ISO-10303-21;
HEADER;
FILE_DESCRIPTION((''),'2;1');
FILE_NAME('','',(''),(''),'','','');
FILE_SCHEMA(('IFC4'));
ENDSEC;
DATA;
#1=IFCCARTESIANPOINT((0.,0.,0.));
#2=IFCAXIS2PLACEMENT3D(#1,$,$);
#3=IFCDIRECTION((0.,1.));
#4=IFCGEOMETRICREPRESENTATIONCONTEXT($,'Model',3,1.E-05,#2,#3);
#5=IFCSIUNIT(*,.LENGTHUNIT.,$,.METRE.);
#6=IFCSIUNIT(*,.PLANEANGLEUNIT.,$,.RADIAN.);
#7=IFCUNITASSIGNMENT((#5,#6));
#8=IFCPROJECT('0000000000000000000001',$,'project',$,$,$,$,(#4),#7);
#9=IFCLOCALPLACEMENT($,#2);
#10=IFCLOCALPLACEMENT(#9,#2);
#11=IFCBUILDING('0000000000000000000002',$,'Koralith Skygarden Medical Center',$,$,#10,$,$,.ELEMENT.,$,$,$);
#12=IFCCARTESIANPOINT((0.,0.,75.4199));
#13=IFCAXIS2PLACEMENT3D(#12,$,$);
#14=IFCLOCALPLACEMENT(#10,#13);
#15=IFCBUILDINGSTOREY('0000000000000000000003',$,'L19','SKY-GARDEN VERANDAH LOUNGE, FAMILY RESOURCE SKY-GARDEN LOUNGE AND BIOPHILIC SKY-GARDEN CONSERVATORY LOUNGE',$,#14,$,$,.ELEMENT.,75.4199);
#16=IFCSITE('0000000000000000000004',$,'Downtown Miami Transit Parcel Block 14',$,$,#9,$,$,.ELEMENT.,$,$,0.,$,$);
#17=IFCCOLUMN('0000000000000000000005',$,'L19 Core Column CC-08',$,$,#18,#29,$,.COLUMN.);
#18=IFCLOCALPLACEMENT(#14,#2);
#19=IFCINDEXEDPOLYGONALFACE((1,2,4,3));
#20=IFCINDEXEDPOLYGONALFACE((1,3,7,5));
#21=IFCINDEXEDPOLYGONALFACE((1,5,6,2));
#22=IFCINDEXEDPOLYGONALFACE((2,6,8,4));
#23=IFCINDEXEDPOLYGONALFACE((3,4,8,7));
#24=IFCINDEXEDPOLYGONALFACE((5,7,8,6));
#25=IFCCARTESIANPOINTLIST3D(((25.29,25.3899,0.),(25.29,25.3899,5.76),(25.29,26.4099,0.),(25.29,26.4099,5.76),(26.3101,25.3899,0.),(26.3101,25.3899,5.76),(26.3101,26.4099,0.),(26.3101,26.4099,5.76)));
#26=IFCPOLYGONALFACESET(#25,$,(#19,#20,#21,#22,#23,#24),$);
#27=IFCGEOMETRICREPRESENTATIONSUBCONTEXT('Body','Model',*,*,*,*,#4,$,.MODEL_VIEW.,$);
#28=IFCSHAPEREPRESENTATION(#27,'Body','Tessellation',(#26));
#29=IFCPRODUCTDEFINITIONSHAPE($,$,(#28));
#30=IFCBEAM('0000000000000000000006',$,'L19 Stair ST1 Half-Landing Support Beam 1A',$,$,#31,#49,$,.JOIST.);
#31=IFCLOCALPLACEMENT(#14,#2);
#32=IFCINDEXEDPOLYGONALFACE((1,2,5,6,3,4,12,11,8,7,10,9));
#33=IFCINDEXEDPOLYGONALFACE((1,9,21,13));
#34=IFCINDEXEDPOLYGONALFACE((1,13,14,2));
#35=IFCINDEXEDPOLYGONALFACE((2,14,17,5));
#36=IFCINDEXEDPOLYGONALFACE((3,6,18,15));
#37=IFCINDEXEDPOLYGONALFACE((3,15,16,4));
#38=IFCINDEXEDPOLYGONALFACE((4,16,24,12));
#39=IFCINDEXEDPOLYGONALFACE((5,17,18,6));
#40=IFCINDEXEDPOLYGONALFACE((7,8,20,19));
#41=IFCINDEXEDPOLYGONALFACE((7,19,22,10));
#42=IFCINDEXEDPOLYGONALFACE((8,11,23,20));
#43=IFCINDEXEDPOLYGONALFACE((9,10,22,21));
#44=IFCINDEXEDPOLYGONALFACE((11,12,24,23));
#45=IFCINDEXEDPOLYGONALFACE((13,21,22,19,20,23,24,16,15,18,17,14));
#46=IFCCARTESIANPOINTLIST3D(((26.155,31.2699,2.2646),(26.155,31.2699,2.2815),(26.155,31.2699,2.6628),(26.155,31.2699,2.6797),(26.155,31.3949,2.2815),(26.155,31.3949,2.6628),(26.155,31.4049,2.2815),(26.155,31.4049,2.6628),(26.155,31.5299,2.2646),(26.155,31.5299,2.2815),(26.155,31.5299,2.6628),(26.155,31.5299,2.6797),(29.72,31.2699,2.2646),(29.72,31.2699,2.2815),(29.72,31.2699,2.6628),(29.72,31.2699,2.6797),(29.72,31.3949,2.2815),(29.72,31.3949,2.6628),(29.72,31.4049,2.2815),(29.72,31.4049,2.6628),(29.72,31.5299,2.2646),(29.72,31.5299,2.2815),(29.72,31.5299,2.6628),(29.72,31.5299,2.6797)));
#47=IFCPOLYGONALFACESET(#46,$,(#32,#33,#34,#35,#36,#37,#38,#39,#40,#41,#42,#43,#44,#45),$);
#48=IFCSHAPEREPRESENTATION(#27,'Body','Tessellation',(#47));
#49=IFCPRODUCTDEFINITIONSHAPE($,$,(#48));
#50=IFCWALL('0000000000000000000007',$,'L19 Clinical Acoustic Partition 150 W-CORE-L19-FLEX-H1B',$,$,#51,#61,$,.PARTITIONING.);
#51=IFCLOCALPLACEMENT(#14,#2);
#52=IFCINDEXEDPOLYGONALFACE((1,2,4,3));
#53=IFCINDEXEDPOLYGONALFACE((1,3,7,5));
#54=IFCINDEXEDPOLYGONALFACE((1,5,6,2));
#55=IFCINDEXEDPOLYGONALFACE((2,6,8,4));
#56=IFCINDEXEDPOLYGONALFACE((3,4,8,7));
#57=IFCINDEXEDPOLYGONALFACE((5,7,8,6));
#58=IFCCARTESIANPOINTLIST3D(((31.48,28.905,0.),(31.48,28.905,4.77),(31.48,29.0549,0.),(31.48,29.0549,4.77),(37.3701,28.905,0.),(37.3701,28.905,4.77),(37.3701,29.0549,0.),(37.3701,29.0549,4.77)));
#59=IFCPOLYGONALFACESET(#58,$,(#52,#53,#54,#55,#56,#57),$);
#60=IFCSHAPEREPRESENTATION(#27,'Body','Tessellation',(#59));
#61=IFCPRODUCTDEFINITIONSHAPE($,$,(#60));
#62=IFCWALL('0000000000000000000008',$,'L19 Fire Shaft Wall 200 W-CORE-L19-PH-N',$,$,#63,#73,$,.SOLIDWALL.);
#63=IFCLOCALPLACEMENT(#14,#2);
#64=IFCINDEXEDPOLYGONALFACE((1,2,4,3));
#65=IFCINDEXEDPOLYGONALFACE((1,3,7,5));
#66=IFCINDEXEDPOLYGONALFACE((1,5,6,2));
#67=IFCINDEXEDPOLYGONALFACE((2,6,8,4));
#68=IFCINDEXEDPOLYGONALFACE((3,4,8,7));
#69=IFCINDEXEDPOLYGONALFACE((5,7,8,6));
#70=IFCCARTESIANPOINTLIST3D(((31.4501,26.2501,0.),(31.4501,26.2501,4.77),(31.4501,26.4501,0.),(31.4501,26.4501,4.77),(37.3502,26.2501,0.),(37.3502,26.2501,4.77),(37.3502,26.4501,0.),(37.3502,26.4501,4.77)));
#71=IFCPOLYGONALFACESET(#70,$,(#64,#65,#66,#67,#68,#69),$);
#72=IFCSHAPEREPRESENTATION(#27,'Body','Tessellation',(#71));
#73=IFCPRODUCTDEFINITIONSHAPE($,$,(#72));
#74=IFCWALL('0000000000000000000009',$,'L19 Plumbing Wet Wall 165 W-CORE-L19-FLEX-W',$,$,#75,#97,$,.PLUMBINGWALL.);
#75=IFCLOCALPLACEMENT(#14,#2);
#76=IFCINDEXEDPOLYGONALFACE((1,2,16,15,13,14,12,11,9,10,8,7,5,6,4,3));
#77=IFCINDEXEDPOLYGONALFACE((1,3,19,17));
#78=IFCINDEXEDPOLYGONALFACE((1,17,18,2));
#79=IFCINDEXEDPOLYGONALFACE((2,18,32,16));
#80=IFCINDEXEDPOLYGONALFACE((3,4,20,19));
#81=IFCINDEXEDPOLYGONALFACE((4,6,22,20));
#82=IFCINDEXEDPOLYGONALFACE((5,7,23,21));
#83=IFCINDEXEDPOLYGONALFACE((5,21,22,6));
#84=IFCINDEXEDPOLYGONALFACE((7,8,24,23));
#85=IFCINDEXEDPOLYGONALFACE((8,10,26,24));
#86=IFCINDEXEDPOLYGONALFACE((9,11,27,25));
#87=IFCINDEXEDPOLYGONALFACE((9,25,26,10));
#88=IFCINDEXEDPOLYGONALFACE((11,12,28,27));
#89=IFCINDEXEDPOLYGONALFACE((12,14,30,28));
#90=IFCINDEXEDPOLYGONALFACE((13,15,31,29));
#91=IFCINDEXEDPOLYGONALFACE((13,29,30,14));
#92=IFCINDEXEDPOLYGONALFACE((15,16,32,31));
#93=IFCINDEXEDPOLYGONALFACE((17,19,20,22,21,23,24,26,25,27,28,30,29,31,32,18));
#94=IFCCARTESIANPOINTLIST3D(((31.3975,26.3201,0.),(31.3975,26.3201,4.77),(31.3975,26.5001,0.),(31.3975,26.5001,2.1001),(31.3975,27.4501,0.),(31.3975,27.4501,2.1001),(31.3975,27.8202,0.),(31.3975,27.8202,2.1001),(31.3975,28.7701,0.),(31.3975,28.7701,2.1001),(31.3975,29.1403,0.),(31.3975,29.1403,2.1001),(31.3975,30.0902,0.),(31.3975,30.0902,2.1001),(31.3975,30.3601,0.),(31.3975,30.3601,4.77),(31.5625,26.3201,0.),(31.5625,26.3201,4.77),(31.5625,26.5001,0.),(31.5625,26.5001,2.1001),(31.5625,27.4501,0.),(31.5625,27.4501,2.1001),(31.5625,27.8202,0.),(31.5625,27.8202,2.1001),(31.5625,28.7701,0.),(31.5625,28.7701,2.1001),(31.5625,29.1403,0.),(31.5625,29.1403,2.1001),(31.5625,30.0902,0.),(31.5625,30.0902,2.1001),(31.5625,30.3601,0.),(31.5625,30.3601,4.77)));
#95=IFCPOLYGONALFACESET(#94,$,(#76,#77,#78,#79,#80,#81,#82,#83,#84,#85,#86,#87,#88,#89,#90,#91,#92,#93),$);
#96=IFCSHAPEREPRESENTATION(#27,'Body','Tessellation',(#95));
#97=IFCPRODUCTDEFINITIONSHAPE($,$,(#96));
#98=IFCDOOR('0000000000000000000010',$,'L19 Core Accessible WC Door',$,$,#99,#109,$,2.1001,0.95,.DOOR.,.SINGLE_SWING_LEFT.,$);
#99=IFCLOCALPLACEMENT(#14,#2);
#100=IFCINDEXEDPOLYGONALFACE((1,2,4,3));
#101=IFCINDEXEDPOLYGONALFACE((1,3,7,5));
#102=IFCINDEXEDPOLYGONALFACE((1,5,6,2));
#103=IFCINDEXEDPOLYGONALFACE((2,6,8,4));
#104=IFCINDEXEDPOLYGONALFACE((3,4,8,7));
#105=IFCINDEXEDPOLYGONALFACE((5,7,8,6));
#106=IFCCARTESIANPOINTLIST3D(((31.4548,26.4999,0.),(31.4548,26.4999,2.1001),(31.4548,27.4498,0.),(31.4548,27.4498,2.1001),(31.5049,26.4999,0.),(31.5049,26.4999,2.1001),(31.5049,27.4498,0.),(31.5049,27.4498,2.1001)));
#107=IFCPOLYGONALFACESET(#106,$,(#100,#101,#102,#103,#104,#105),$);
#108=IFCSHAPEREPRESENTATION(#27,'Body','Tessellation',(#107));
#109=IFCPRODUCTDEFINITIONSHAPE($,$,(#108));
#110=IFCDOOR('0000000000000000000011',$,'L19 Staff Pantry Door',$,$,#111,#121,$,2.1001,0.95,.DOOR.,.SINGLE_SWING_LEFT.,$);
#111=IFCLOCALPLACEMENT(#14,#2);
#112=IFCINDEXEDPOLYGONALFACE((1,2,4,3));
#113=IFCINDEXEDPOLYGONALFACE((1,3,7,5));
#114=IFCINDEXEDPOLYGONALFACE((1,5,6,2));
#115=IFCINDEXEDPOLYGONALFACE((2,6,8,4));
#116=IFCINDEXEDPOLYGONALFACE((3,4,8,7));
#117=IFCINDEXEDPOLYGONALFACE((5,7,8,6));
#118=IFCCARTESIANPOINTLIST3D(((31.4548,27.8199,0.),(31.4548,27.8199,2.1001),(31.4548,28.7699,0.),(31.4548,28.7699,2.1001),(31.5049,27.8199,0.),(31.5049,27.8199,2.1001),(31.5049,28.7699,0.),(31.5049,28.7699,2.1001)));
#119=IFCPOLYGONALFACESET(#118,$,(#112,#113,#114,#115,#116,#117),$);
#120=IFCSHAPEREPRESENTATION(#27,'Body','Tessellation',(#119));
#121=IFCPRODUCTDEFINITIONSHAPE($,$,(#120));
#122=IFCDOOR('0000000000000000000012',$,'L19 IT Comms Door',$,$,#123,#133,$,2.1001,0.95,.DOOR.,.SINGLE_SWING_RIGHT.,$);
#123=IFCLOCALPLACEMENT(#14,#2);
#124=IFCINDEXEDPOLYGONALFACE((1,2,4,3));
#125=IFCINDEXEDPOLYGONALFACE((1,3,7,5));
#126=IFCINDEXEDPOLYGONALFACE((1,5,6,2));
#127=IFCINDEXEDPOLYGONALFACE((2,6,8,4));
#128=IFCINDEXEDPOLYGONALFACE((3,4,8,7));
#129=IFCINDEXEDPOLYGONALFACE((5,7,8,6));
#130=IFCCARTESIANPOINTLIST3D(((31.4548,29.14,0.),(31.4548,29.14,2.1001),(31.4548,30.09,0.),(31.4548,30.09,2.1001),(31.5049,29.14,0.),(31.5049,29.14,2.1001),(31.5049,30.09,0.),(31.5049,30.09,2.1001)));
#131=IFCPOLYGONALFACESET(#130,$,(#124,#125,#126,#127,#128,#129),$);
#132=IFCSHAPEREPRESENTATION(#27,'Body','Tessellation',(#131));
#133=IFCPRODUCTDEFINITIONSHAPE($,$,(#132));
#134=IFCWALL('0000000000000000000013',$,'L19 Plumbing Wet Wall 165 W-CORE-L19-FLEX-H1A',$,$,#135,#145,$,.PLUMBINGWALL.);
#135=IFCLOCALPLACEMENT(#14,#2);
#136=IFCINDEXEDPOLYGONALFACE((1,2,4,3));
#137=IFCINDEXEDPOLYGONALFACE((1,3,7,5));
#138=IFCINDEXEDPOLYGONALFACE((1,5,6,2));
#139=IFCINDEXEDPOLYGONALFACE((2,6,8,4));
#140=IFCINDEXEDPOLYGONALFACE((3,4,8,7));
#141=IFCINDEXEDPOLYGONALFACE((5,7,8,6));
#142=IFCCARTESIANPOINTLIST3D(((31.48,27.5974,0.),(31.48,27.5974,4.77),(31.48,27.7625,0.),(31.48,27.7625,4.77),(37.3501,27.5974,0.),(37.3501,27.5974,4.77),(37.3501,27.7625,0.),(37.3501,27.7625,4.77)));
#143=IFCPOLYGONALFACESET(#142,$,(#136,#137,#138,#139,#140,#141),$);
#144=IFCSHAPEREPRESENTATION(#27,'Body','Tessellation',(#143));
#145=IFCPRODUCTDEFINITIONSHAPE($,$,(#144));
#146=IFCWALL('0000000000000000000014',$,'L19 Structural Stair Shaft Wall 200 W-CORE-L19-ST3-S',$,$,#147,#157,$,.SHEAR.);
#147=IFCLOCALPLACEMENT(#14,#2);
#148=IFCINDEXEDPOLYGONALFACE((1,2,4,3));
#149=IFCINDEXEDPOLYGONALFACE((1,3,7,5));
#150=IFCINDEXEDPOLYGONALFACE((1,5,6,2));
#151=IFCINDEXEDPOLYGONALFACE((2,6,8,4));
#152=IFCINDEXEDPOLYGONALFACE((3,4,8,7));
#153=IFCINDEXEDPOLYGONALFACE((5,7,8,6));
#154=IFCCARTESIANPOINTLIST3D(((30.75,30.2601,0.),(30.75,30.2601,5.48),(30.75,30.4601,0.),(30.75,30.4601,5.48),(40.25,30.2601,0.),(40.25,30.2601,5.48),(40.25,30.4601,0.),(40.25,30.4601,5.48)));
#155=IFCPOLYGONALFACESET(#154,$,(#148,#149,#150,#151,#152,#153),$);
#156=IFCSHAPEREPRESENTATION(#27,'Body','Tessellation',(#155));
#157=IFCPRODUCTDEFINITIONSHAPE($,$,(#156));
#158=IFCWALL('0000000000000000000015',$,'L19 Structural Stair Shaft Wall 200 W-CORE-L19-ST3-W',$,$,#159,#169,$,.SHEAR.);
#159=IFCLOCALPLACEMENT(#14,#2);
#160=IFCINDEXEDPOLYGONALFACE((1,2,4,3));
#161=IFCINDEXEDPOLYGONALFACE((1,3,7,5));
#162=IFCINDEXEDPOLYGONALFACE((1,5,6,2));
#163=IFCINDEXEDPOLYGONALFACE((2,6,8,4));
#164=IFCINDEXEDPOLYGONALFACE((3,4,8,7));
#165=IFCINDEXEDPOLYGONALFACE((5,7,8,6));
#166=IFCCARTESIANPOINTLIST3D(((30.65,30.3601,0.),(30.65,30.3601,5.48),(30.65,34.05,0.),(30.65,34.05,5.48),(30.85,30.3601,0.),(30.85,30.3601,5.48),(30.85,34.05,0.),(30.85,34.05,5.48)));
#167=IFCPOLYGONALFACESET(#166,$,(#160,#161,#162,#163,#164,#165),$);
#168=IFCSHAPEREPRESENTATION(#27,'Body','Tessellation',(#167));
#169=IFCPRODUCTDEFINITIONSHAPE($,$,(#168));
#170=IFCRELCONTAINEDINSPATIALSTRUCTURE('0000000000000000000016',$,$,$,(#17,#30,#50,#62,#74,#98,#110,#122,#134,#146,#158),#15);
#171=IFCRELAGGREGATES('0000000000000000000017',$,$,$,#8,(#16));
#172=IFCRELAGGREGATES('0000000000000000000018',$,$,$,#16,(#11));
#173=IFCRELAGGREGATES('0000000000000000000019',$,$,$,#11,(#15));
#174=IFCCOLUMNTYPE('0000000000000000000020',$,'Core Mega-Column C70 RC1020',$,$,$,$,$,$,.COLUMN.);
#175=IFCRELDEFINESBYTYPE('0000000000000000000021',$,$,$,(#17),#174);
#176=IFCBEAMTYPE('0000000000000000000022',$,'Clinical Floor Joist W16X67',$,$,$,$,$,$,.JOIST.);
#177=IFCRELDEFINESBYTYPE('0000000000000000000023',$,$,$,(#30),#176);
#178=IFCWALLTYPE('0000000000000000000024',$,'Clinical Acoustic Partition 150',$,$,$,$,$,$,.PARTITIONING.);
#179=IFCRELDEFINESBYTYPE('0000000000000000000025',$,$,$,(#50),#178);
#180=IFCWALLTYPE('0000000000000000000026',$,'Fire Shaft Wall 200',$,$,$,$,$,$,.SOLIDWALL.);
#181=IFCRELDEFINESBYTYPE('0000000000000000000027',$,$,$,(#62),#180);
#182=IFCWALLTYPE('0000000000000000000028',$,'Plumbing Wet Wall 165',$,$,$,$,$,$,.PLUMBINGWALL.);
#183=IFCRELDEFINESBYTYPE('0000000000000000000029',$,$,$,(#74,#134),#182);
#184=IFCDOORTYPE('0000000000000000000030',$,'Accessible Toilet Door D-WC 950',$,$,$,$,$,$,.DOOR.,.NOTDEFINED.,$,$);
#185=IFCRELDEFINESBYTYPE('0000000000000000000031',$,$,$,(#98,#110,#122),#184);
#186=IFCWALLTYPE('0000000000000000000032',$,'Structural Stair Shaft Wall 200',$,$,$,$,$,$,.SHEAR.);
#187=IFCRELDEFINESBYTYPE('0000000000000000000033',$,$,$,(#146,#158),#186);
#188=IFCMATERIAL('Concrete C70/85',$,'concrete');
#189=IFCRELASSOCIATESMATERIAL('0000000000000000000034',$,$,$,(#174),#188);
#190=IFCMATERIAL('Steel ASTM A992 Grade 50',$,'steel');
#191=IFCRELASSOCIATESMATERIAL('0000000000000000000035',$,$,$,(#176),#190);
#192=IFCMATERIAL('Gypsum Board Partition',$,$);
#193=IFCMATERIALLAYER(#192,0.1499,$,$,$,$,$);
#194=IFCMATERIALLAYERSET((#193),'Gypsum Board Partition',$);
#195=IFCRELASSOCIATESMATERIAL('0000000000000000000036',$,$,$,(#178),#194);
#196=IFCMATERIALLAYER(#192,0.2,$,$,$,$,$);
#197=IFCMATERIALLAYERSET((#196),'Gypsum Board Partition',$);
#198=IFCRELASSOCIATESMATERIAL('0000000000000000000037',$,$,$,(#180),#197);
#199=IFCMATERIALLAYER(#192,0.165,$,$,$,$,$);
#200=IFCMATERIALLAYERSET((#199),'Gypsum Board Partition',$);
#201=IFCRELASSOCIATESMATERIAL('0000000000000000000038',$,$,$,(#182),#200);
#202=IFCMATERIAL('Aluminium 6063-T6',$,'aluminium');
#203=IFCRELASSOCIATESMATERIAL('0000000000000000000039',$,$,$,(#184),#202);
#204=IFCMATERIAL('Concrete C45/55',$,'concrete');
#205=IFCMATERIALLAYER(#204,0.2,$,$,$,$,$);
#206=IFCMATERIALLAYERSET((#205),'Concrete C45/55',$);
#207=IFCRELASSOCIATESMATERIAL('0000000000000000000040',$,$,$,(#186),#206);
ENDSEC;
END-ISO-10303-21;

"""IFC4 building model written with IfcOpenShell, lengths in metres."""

from ifc_helpers import new_model, si_unit, direction, frame, frame_2d, origin, origin_2d, place, context, subcontext, project, spatial, rectangle, i_section, extrude, material, layer, layer_set, material_profile, profile_set, type_object, element, fill, save


model = new_model("IFC4")

# Units and contexts
model_context = context("Model", 3, precision=1e-05, world=origin(), true_north=direction((0.0, 1.0)))
body_context = subcontext(model_context, "Body", "Model", "MODEL_VIEW")
ifc_project = project(units=[si_unit("LENGTHUNIT", "METRE"), si_unit("PLANEANGLEUNIT", "RADIAN")], contexts=[model_context])

# Site, building, storey
site_placement = place(None, origin())
site = spatial("IfcSite", under=ifc_project, at=site_placement, Name="Downtown Miami Transit Parcel Block 14", CompositionType="ELEMENT", RefElevation=0.0)
building_placement = place(site_placement, origin())
building = spatial("IfcBuilding", under=site, at=building_placement, Name="Koralith Skygarden Medical Center", CompositionType="ELEMENT")
storey_placement = place(building_placement, frame((0.0, 0.0, 75.4199)))
storey = spatial("IfcBuildingStorey", under=building, at=storey_placement, Name="L19", Description="SKY-GARDEN VERANDAH LOUNGE, FAMILY RESOURCE SKY-GARDEN LOUNGE AND BIOPHILIC SKY-GARDEN CONSERVATORY LOUNGE", CompositionType="ELEMENT", Elevation=75.4199)

# Column
ifc_material_1 = material(Name="Concrete C70/85", Category="concrete")
ifc_material_profile_1 = material_profile(ifc_material_1, rectangle(XDim=1.02, YDim=1.02, at=origin_2d()), Name="RC1020X1020")
ifc_profile_set_1 = profile_set([ifc_material_profile_1], Name="Concrete C70/85")
column_type = type_object("IfcColumnType", Name="Core Mega-Column C70 RC1020", PredefinedType="COLUMN", material=ifc_profile_set_1)
column_placement = place(storey_placement, frame((25.8, 25.8999, 0.0), z_axis=(0.0, 0.0, 1.0), x_axis=(1.0, 0.0, 0.0)))
element("IfcColumn", 1, at=column_placement, inside=storey, type_object=column_type, Name="L19 Core Column CC-08", PredefinedType="COLUMN", context=body_context, shape_type="SweptSolid", body=[
    extrude(rectangle(XDim=1.02, YDim=1.02, at=origin_2d()), origin(), (0.0, 0.0, 1.0), 5.76),
])

# Beam
ifc_material_2 = material(Name="Steel ASTM A992 Grade 50", Category="steel")
ifc_material_profile_2 = material_profile(ifc_material_2, i_section(OverallWidth=0.26, OverallDepth=0.415, WebThickness=0.01, FlangeThickness=0.0168, at=origin_2d()), Name="W16X67")
ifc_profile_set_2 = profile_set([ifc_material_profile_2], Name="Steel ASTM A992 Grade 50")
beam_type = type_object("IfcBeamType", Name="Clinical Floor Joist W16X67", PredefinedType="JOIST", material=ifc_profile_set_2)
beam_placement = place(storey_placement, frame((26.155, 31.3999, 2.4722), z_axis=(1.0, 0.0, 0.0), x_axis=(0.0, 1.0, 0.0)))
element("IfcBeam", 2, at=beam_placement, inside=storey, type_object=beam_type, Name="L19 Stair ST1 Half-Landing Support Beam 1A", PredefinedType="JOIST", context=body_context, shape_type="SweptSolid", body=[
    extrude(i_section(OverallWidth=0.26, OverallDepth=0.415, WebThickness=0.01, FlangeThickness=0.0168, at=origin_2d()), origin(), (0.0, 0.0, 1.0), 3.5649),
])

# Walls
ifc_material_3 = material(Name="Gypsum Board Partition")
ifc_layer_1 = layer(ifc_material_3, 0.1499)
ifc_layer_set_1 = layer_set([ifc_layer_1], Name="Gypsum Board Partition")
wall_type_1 = type_object("IfcWallType", Name="Clinical Acoustic Partition 150", PredefinedType="PARTITIONING", material=ifc_layer_set_1)
wall_1_placement = place(storey_placement, frame((31.48, 28.98, 0.0), z_axis=(0.0, 0.0, 1.0), x_axis=(1.0, 0.0, 0.0)))
element("IfcWall", 3, at=wall_1_placement, inside=storey, type_object=wall_type_1, Name="L19 Clinical Acoustic Partition 150 W-CORE-L19-FLEX-H1B", PredefinedType="PARTITIONING", context=body_context, shape_type="SweptSolid", body=[
    extrude(rectangle(XDim=5.8901, YDim=0.1499, at=frame_2d((2.9451, 0.0))), origin(), (0.0, 0.0, 1.0), 4.77),
])
ifc_layer_2 = layer(ifc_material_3, 0.2)
ifc_layer_set_2 = layer_set([ifc_layer_2], Name="Gypsum Board Partition")
wall_type_2 = type_object("IfcWallType", Name="Fire Shaft Wall 200", PredefinedType="SOLIDWALL", material=ifc_layer_set_2)
wall_2_placement = place(storey_placement, frame((31.45, 26.3501, 0.0), z_axis=(0.0, 0.0, 1.0), x_axis=(1.0, 0.0, 0.0)))
element("IfcWall", 4, at=wall_2_placement, inside=storey, type_object=wall_type_2, Name="L19 Fire Shaft Wall 200 W-CORE-L19-PH-N", PredefinedType="SOLIDWALL", context=body_context, shape_type="SweptSolid", body=[
    extrude(rectangle(XDim=5.9001, YDim=0.2, at=frame_2d((2.9502, 0.0))), origin(), (0.0, 0.0, 1.0), 4.77),
])

# Wall, openings, doors
ifc_layer_3 = layer(ifc_material_3, 0.165)
ifc_layer_set_3 = layer_set([ifc_layer_3], Name="Gypsum Board Partition")
wall_type_3 = type_object("IfcWallType", Name="Plumbing Wet Wall 165", PredefinedType="PLUMBINGWALL", material=ifc_layer_set_3)
wall_3_placement = place(storey_placement, frame((31.48, 26.3201, 0.0), z_axis=(0.0, 0.0, 1.0), x_axis=(0.0, 1.0, 0.0)))
wall_3 = element("IfcWall", 5, at=wall_3_placement, inside=storey, type_object=wall_type_3, Name="L19 Plumbing Wet Wall 165 W-CORE-L19-FLEX-W", PredefinedType="PLUMBINGWALL", context=body_context, shape_type="SweptSolid", body=[
    extrude(rectangle(XDim=4.04, YDim=0.165, at=frame_2d((2.02, 0.0))), origin(), (0.0, 0.0, 1.0), 4.77),
])
opening_1_placement = place(wall_3_placement, frame((0.1799, 0.0, 0.0)))
opening_1 = element("IfcOpeningElement", 6, at=opening_1_placement, cuts=wall_3, PredefinedType="OPENING", context=body_context, shape_type="SweptSolid", body=[
    extrude(rectangle(XDim=0.95, YDim=2.1001, at=frame_2d((0.4751, 1.05))), frame((0.0, 0.0925, 0.0), z_axis=(0.0, -1.0, 0.0), x_axis=(1.0, 0.0, 0.0)), (0.0, 0.0, 1.0), 0.1851),
])
opening_2_placement = place(wall_3_placement, frame((1.5, 0.0, 0.0)))
opening_2 = element("IfcOpeningElement", 7, at=opening_2_placement, cuts=wall_3, PredefinedType="OPENING", context=body_context, shape_type="SweptSolid", body=[
    extrude(rectangle(XDim=0.95, YDim=2.1001, at=frame_2d((0.4751, 1.05))), frame((0.0, 0.0925, 0.0), z_axis=(0.0, -1.0, 0.0), x_axis=(1.0, 0.0, 0.0)), (0.0, 0.0, 1.0), 0.1851),
])
opening_3_placement = place(wall_3_placement, frame((2.8201, 0.0, 0.0)))
opening_3 = element("IfcOpeningElement", 8, at=opening_3_placement, cuts=wall_3, PredefinedType="OPENING", context=body_context, shape_type="SweptSolid", body=[
    extrude(rectangle(XDim=0.95, YDim=2.1001, at=frame_2d((0.4751, 1.05))), frame((0.0, 0.0925, 0.0), z_axis=(0.0, -1.0, 0.0), x_axis=(1.0, 0.0, 0.0)), (0.0, 0.0, 1.0), 0.1851),
])
ifc_material_4 = material(Name="Aluminium 6063-T6", Category="aluminium")
door_type_1 = type_object("IfcDoorType", Name="Accessible Toilet Door D-WC 950", OperationType="NOTDEFINED", PredefinedType="DOOR", material=ifc_material_4)
door_1_placement = place(opening_1_placement, frame((0.95, 0.0, 0.0), z_axis=(0.0, 0.0, 1.0), x_axis=(-1.0, 0.0, 0.0)))
door_1 = element("IfcDoor", 9, at=door_1_placement, inside=storey, type_object=door_type_1, Name="L19 Core Accessible WC Door", OperationType="SINGLE_SWING_LEFT", OverallHeight=2.1001, OverallWidth=0.95, PredefinedType="DOOR", context=body_context, shape_type="SweptSolid", body=[
    extrude(rectangle(XDim=0.95, YDim=2.1001, at=frame_2d((0.4751, 1.05))), frame((0.0, 0.0249, 0.0), z_axis=(0.0, -1.0, 0.0), x_axis=(1.0, 0.0, 0.0)), (0.0, 0.0, 1.0), 0.05),
])
fill(opening_1, door_1)
door_2_placement = place(opening_2_placement, frame((0.95, 0.0, 0.0), z_axis=(0.0, 0.0, 1.0), x_axis=(-1.0, 0.0, 0.0)))
door_2 = element("IfcDoor", 10, at=door_2_placement, inside=storey, type_object=door_type_1, Name="L19 Staff Pantry Door", OperationType="SINGLE_SWING_LEFT", OverallHeight=2.1001, OverallWidth=0.95, PredefinedType="DOOR", context=body_context, shape_type="SweptSolid", body=[
    extrude(rectangle(XDim=0.95, YDim=2.1001, at=frame_2d((0.4751, 1.05))), frame((0.0, 0.0249, 0.0), z_axis=(0.0, -1.0, 0.0), x_axis=(1.0, 0.0, 0.0)), (0.0, 0.0, 1.0), 0.05),
])
fill(opening_2, door_2)
door_3_placement = place(opening_3_placement, frame((0.95, 0.0, 0.0), z_axis=(0.0, 0.0, 1.0), x_axis=(-1.0, 0.0, 0.0)))
door_3 = element("IfcDoor", 11, at=door_3_placement, inside=storey, type_object=door_type_1, Name="L19 IT Comms Door", OperationType="SINGLE_SWING_RIGHT", OverallHeight=2.1001, OverallWidth=0.95, PredefinedType="DOOR", context=body_context, shape_type="SweptSolid", body=[
    extrude(rectangle(XDim=0.95, YDim=2.1001, at=frame_2d((0.4751, 1.05))), frame((0.0, 0.0249, 0.0), z_axis=(0.0, -1.0, 0.0), x_axis=(1.0, 0.0, 0.0)), (0.0, 0.0, 1.0), 0.05),
])
fill(opening_3, door_3)

# Walls
wall_4_placement = place(storey_placement, frame((31.48, 27.6799, 0.0), z_axis=(0.0, 0.0, 1.0), x_axis=(1.0, 0.0, 0.0)))
element("IfcWall", 12, at=wall_4_placement, inside=storey, type_object=wall_type_3, Name="L19 Plumbing Wet Wall 165 W-CORE-L19-FLEX-H1A", PredefinedType="PLUMBINGWALL", context=body_context, shape_type="SweptSolid", body=[
    extrude(rectangle(XDim=5.8701, YDim=0.165, at=frame_2d((2.9351, 0.0))), origin(), (0.0, 0.0, 1.0), 4.77),
])
ifc_material_5 = material(Name="Concrete C45/55", Category="concrete")
ifc_layer_4 = layer(ifc_material_5, 0.2)
ifc_layer_set_4 = layer_set([ifc_layer_4], Name="Concrete C45/55")
wall_type_4 = type_object("IfcWallType", Name="Structural Stair Shaft Wall 200", PredefinedType="SHEAR", material=ifc_layer_set_4)
wall_5_placement = place(storey_placement, frame((30.75, 30.3601, 0.0), z_axis=(0.0, 0.0, 1.0), x_axis=(1.0, 0.0, 0.0)))
element("IfcWall", 13, at=wall_5_placement, inside=storey, type_object=wall_type_4, Name="L19 Structural Stair Shaft Wall 200 W-CORE-L19-ST3-S", PredefinedType="SHEAR", context=body_context, shape_type="SweptSolid", body=[
    extrude(rectangle(XDim=9.5, YDim=0.2, at=frame_2d((4.75, 0.0))), origin(), (0.0, 0.0, 1.0), 5.48),
])
wall_6_placement = place(storey_placement, frame((30.75, 30.3601, 0.0), z_axis=(0.0, 0.0, 1.0), x_axis=(0.0, 1.0, 0.0)))
element("IfcWall", 14, at=wall_6_placement, inside=storey, type_object=wall_type_4, Name="L19 Structural Stair Shaft Wall 200 W-CORE-L19-ST3-W", PredefinedType="SHEAR", context=body_context, shape_type="SweptSolid", body=[
    extrude(rectangle(XDim=3.6899, YDim=0.2, at=frame_2d((1.845, 0.0))), origin(), (0.0, 0.0, 1.0), 5.48),
])

save(model, "model.ifc")
